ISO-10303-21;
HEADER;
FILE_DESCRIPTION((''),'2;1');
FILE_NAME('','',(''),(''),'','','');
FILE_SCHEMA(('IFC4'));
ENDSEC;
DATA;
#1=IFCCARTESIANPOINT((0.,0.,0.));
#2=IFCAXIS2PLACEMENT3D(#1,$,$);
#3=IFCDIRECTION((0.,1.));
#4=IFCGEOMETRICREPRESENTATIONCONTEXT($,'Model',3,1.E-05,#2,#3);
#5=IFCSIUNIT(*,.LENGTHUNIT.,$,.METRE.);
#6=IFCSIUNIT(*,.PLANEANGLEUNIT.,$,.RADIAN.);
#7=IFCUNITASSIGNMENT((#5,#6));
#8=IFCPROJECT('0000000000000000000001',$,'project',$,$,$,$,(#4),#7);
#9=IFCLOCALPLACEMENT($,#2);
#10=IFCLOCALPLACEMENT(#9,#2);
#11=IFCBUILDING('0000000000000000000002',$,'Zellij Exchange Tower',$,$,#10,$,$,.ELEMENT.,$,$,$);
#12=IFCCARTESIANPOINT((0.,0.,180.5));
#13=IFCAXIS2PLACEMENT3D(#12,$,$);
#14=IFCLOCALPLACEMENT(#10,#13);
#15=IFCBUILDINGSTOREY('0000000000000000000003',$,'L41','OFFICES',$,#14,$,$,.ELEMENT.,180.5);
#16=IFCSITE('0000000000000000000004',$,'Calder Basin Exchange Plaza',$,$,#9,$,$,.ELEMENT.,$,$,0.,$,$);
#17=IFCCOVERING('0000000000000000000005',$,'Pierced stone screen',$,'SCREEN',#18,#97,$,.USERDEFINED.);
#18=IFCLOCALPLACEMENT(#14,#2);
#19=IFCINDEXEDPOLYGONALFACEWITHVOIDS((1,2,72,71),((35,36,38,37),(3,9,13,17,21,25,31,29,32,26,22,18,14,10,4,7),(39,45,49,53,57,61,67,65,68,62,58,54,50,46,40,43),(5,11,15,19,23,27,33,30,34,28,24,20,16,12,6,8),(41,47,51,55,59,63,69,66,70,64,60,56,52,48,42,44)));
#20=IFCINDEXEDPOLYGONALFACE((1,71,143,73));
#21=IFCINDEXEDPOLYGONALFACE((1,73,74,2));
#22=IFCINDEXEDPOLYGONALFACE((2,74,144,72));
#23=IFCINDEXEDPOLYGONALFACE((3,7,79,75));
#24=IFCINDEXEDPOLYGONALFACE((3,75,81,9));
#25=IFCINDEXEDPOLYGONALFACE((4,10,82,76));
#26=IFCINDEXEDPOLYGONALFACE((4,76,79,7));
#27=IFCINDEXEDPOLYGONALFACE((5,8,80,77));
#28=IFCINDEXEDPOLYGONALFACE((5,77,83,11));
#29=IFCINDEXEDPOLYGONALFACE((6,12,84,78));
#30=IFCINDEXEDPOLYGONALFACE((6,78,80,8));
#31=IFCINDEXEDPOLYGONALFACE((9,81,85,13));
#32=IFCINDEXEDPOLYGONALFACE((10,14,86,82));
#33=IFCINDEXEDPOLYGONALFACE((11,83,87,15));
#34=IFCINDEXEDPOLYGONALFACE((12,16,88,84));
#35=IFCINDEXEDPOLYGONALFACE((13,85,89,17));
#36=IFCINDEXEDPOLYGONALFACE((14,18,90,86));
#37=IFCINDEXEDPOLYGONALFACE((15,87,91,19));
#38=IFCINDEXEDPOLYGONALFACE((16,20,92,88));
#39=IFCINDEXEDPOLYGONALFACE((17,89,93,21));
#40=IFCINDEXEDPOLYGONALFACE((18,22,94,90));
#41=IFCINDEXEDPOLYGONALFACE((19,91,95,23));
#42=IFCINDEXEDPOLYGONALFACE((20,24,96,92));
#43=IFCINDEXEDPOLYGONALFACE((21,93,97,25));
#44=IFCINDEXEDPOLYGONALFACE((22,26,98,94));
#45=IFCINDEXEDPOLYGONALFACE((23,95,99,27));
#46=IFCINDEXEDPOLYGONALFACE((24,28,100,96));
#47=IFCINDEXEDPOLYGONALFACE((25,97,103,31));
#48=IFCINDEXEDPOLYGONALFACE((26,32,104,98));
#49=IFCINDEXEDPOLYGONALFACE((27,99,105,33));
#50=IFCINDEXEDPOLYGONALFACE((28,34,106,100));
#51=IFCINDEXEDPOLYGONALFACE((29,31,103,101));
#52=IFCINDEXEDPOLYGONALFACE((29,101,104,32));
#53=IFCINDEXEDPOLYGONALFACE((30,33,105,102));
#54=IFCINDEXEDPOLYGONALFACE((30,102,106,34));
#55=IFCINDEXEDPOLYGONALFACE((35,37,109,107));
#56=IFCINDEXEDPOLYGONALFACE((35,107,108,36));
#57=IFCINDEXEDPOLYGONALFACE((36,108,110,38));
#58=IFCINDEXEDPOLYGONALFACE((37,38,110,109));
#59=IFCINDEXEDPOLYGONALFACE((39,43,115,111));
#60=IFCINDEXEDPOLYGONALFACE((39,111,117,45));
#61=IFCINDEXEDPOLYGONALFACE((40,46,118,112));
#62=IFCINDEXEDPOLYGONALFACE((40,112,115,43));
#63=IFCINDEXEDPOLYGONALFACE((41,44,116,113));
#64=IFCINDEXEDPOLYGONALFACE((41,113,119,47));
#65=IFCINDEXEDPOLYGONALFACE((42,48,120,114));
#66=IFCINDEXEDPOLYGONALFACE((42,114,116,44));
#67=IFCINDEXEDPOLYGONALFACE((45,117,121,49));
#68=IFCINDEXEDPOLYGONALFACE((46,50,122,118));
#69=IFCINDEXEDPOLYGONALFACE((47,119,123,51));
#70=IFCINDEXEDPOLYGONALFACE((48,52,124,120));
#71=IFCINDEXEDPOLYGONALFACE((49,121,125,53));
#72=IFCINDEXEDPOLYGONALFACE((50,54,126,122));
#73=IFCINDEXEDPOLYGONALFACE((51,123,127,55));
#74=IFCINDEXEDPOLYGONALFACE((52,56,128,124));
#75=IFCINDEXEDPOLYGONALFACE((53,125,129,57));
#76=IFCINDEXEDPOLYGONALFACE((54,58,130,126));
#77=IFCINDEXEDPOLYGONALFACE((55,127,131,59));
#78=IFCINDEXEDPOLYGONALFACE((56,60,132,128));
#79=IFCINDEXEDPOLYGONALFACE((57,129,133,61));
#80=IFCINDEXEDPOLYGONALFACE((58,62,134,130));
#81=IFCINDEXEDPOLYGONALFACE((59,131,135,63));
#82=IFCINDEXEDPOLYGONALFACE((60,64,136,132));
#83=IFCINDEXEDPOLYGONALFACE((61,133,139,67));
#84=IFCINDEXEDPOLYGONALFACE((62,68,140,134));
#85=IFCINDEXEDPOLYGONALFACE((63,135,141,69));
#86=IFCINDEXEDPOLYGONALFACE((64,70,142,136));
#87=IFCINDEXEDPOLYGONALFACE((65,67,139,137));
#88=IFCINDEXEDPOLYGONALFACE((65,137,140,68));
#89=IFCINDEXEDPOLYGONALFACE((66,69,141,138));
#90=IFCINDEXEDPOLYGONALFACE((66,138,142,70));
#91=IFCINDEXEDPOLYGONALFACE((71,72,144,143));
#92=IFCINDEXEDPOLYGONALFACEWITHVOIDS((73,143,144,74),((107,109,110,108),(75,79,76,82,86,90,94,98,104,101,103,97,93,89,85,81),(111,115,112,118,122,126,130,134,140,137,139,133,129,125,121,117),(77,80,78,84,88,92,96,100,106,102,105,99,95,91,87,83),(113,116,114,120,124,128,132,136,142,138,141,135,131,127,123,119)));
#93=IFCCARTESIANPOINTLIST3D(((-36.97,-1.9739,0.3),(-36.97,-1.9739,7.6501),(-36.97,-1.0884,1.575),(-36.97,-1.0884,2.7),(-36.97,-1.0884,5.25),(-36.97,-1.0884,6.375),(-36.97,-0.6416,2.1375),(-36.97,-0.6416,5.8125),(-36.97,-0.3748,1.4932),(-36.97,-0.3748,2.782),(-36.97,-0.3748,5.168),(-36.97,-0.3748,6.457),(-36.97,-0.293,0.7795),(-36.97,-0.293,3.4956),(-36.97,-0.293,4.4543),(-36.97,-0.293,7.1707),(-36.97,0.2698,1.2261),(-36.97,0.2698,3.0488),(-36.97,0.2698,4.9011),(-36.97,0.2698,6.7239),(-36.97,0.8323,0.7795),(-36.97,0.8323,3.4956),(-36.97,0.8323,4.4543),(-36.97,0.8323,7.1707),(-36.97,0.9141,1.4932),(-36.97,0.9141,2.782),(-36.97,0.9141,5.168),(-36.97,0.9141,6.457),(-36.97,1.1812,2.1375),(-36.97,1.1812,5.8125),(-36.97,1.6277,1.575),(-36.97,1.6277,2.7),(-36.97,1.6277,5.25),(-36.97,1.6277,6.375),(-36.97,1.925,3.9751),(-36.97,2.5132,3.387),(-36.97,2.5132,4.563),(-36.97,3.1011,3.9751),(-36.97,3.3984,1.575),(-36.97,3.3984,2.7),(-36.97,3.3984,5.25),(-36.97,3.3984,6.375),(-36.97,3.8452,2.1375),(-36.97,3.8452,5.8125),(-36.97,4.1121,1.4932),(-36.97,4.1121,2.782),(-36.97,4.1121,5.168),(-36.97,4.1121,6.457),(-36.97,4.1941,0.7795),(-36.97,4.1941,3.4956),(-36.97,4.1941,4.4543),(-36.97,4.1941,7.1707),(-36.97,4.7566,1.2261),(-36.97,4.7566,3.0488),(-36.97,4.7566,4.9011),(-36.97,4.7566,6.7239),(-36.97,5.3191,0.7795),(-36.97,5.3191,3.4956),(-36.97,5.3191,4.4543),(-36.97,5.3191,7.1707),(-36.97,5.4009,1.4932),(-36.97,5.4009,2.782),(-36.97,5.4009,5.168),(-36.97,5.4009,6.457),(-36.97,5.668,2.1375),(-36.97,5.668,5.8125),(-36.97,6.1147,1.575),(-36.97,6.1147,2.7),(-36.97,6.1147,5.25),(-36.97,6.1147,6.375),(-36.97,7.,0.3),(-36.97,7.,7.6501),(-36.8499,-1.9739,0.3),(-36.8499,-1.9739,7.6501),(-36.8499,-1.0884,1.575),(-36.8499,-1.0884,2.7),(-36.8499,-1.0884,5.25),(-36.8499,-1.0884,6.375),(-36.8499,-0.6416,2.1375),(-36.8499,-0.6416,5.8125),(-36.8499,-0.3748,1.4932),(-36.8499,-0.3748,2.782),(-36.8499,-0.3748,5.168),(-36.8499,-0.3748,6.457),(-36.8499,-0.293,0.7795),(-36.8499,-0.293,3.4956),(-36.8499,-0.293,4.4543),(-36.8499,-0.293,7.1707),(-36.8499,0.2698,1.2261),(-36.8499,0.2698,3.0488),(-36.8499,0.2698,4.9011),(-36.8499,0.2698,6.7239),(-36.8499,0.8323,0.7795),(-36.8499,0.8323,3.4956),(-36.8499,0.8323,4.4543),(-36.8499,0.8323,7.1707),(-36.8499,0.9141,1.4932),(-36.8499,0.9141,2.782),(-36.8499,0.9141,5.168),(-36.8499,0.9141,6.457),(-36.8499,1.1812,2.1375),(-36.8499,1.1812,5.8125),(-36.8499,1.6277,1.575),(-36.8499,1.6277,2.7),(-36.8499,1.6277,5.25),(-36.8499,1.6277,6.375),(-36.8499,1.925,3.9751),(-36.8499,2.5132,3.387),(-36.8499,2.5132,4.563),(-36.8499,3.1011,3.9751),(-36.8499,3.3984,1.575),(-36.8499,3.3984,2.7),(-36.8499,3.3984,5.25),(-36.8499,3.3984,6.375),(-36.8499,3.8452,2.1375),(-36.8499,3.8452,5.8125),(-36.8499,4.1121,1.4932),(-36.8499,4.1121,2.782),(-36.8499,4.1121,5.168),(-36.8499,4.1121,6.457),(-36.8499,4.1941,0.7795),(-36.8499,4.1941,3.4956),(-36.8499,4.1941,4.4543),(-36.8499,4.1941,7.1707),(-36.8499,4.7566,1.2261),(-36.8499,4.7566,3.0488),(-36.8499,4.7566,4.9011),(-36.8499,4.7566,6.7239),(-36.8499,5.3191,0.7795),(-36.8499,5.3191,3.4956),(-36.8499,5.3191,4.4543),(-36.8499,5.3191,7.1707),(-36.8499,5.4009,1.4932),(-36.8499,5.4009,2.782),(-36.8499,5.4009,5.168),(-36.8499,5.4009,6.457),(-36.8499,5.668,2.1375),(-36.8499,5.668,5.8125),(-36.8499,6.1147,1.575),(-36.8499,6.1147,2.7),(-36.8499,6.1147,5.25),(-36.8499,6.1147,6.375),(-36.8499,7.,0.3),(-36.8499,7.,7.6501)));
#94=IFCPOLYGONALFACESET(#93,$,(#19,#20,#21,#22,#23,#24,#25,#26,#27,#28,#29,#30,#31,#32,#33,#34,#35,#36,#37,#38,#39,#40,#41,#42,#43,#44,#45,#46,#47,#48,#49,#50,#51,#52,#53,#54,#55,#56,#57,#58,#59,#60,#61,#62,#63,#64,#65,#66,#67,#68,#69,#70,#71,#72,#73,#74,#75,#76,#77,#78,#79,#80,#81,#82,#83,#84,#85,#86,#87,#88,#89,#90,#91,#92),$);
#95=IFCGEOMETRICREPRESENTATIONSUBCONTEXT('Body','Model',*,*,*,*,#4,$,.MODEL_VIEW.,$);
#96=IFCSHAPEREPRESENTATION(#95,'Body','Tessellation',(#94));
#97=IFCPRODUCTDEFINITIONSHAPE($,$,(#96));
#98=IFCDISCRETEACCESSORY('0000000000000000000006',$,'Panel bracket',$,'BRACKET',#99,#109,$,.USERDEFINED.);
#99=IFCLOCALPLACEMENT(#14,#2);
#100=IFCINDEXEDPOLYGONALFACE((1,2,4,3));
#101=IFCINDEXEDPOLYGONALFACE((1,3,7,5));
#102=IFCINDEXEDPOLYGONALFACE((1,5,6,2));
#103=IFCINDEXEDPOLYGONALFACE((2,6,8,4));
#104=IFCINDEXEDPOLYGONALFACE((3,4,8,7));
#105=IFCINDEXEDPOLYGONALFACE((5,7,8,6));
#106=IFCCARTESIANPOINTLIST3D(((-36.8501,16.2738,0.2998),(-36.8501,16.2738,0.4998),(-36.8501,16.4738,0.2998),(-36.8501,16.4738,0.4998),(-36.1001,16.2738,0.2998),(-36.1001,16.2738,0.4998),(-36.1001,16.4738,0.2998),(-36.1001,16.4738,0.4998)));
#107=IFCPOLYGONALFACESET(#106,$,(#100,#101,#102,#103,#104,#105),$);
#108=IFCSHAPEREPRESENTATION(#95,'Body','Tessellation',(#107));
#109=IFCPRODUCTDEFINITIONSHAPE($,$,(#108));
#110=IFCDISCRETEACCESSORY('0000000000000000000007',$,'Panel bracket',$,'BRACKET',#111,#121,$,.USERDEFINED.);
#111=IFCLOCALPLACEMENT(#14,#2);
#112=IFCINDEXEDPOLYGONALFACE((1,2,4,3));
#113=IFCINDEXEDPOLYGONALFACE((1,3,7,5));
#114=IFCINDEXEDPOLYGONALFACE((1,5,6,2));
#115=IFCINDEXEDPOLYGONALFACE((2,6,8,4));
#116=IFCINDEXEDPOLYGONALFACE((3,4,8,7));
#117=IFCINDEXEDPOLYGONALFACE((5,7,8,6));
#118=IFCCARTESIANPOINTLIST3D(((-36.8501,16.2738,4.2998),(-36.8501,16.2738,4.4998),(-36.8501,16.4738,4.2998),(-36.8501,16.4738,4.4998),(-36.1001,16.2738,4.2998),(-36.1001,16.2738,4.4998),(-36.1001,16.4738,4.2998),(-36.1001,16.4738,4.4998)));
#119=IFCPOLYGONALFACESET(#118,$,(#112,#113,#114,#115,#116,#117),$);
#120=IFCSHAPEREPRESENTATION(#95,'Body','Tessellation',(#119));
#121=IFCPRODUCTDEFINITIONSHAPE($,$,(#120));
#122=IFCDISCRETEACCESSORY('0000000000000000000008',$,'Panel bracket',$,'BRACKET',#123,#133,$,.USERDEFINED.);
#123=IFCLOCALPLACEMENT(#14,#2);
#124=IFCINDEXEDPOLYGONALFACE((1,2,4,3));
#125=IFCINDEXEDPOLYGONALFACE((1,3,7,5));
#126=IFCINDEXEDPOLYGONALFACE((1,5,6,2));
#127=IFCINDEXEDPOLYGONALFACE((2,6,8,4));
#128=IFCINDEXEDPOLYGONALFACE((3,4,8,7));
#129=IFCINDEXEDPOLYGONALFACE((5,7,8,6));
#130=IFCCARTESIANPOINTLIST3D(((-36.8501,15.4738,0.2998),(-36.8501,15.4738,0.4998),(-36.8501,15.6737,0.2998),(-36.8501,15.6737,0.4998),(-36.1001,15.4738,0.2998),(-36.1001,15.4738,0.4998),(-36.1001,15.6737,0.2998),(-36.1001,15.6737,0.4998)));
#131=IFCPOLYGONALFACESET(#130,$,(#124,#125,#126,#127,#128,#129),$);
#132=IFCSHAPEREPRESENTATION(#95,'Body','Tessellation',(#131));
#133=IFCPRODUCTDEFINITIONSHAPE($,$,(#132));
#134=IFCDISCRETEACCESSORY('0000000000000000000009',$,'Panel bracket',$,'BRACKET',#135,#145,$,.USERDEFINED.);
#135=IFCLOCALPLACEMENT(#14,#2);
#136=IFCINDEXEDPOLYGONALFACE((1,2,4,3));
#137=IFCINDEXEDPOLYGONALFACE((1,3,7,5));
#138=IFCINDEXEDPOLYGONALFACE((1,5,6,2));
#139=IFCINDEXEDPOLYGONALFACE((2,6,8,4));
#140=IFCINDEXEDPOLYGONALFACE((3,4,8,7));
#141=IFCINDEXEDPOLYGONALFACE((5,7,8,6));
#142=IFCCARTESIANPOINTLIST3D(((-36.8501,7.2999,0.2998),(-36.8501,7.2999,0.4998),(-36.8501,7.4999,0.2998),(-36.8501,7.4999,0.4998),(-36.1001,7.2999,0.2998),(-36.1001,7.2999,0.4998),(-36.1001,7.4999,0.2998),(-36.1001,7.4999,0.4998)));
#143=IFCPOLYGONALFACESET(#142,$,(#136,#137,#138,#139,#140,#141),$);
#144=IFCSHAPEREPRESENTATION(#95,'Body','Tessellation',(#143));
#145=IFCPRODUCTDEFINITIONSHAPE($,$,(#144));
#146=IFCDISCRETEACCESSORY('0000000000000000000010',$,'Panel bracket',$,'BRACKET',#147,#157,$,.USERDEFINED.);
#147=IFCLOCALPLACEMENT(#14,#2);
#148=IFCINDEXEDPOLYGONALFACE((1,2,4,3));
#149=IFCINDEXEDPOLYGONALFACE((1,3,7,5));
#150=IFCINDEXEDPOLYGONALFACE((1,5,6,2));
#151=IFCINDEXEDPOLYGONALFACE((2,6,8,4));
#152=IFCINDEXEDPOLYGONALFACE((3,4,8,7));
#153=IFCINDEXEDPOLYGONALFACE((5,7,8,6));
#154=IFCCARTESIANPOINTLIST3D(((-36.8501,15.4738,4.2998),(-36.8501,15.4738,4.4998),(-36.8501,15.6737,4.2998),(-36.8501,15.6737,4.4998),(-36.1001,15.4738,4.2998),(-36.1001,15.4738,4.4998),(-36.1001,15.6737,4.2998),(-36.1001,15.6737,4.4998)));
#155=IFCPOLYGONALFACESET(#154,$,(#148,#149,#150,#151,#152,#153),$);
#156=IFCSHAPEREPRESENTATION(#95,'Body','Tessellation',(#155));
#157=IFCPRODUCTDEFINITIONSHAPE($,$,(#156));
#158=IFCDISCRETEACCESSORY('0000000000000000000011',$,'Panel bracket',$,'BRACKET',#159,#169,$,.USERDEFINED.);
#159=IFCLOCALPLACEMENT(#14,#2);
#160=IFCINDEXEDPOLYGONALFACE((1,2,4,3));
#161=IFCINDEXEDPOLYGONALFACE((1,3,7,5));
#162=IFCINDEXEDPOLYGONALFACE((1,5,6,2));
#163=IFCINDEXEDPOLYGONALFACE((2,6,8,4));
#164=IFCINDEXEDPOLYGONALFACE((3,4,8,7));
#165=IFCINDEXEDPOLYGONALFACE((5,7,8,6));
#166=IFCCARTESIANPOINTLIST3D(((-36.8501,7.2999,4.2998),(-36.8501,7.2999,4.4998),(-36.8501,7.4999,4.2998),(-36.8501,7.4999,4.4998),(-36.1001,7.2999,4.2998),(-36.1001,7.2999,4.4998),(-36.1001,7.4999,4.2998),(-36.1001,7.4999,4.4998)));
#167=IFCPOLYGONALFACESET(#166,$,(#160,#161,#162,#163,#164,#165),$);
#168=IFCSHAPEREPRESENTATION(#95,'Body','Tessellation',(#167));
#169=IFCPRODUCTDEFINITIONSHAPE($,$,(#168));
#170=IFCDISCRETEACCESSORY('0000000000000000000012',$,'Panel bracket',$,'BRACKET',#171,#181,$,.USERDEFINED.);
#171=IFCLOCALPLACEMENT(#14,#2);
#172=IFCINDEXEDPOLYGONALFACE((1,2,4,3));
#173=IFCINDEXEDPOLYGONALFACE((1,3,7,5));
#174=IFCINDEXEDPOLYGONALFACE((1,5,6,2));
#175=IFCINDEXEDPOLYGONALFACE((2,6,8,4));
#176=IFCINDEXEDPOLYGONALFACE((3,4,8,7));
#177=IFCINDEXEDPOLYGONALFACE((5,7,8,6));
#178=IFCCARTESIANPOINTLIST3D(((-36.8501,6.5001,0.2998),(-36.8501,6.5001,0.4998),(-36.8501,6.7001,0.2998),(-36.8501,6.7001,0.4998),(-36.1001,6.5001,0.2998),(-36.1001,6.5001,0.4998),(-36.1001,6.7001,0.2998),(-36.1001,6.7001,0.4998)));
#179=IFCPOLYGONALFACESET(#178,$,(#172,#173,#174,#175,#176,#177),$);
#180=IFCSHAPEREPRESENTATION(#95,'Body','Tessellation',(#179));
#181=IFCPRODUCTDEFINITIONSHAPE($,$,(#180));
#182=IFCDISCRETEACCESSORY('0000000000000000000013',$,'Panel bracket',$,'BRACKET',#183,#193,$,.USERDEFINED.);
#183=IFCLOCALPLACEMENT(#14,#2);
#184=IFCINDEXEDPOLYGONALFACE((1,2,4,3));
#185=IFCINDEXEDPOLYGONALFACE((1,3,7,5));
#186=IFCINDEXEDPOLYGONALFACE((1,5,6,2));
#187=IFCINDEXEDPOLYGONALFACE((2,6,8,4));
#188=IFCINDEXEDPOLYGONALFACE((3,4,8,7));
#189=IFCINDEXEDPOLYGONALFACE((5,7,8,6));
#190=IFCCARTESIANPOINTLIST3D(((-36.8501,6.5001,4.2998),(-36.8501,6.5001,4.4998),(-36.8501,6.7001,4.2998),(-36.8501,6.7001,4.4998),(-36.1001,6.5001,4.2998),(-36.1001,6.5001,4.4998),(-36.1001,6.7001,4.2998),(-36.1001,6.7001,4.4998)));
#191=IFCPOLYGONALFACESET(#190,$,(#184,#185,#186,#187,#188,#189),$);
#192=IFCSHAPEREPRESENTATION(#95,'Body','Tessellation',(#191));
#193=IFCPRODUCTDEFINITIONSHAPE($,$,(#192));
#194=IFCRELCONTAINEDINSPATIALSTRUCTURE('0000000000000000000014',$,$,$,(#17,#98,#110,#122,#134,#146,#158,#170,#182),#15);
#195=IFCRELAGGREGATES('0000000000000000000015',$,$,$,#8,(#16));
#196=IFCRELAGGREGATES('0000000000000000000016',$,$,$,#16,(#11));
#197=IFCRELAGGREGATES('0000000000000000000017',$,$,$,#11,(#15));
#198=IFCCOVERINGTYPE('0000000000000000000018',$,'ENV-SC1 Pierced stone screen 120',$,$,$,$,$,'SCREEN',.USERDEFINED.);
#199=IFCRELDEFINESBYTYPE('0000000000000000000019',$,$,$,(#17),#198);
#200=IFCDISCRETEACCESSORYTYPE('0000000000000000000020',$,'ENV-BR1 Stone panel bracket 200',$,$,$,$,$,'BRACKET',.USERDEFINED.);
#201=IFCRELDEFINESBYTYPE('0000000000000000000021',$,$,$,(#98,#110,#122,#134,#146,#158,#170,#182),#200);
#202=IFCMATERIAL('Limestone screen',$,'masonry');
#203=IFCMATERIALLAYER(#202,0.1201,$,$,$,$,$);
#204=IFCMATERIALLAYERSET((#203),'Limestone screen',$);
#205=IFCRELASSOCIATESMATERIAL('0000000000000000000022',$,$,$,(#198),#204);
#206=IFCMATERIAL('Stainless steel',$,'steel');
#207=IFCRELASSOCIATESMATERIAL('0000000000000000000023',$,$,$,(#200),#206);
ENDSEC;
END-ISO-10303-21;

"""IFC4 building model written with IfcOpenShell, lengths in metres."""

from ifc_helpers import new_model, si_unit, direction, frame, origin, origin_2d, place, context, subcontext, project, spatial, polyline, rectangle, outline, extrude, material, layer, layer_set, type_object, element, save


model = new_model("IFC4")

# Units and contexts
model_context = context("Model", 3, precision=1e-05, world=origin(), true_north=direction((0.0, 1.0)))
body_context = subcontext(model_context, "Body", "Model", "MODEL_VIEW")
ifc_project = project(units=[si_unit("LENGTHUNIT", "METRE"), si_unit("PLANEANGLEUNIT", "RADIAN")], contexts=[model_context])

# Site, building, storey
site_placement = place(None, origin())
site = spatial("IfcSite", under=ifc_project, at=site_placement, Name="Calder Basin Exchange Plaza", CompositionType="ELEMENT", RefElevation=0.0)
building_placement = place(site_placement, origin())
building = spatial("IfcBuilding", under=site, at=building_placement, Name="Zellij Exchange Tower", CompositionType="ELEMENT")
storey_placement = place(building_placement, frame((0.0, 0.0, 180.5)))
storey = spatial("IfcBuildingStorey", under=building, at=storey_placement, Name="L41", Description="OFFICES", CompositionType="ELEMENT", Elevation=180.5)

# Covering
ifc_material_1 = material(Name="Limestone screen", Category="masonry")
ifc_layer_1 = layer(ifc_material_1, 0.1201)
ifc_layer_set_1 = layer_set([ifc_layer_1], Name="Limestone screen")
covering_type = type_object("IfcCoveringType", Name="ENV-SC1 Pierced stone screen 120", ElementType="SCREEN", PredefinedType="USERDEFINED", material=ifc_layer_set_1)
covering_1_placement = place(storey_placement, frame((-36.9099, 7.0, 0.3), z_axis=(0.0, 0.0, 1.0), x_axis=(0.0, -1.0, 0.0)))
element("IfcCovering", 1, at=covering_1_placement, inside=storey, type_object=covering_type, Name="Pierced stone screen", ObjectType="SCREEN", PredefinedType="USERDEFINED", context=body_context, shape_type="SweptSolid", body=[
    extrude(outline(polyline([(0.0, 0.0), (8.9739, 0.0), (8.9739, 7.3501), (0.0, 7.3501), (0.0, 0.0)]), holes=[polyline([(3.6016, 2.3999), (2.8879, 2.4819), (2.8059, 3.1956), (2.2434, 2.7488), (1.6809, 3.1956), (1.5991, 2.4819), (0.8853, 2.3999), (1.332, 1.8374), (0.8853, 1.2749), (1.5991, 1.1931), (1.6809, 0.4795), (2.2434, 0.926), (2.8059, 0.4795), (2.8879, 1.1931), (3.6016, 1.2749), (3.1548, 1.8374), (3.6016, 2.3999)]), polyline([(3.6016, 6.075), (2.8879, 6.157), (2.8059, 6.8706), (2.2434, 6.4238), (1.6809, 6.8706), (1.5991, 6.157), (0.8853, 6.075), (1.332, 5.5125), (0.8853, 4.95), (1.5991, 4.8679), (1.6809, 4.1543), (2.2434, 4.6011), (2.8059, 4.1543), (2.8879, 4.8679), (3.6016, 4.95), (3.1548, 5.5125), (3.6016, 6.075)]), polyline([(8.0884, 2.3999), (7.3748, 2.4819), (7.293, 3.1956), (6.7302, 2.7488), (6.1677, 3.1956), (6.0859, 2.4819), (5.3723, 2.3999), (5.8188, 1.8374), (5.3723, 1.2749), (6.0859, 1.1931), (6.1677, 0.4795), (6.7302, 0.926), (7.293, 0.4795), (7.3748, 1.1931), (8.0884, 1.2749), (7.6416, 1.8374), (8.0884, 2.3999)]), polyline([(8.0884, 6.075), (7.3748, 6.157), (7.293, 6.8706), (6.7302, 6.4238), (6.1677, 6.8706), (6.0859, 6.157), (5.3723, 6.075), (5.8188, 5.5125), (5.3723, 4.95), (6.0859, 4.8679), (6.1677, 4.1543), (6.7302, 4.6011), (7.293, 4.1543), (7.3748, 4.8679), (8.0884, 4.95), (7.6416, 5.5125), (8.0884, 6.075)]), polyline([(5.075, 3.675), (4.4868, 4.2629), (3.8989, 3.675), (4.4868, 3.0869), (5.075, 3.675)])]), frame((0.0, 0.0601, 0.0), z_axis=(0.0, -1.0, 0.0), x_axis=(1.0, 0.0, 0.0)), (0.0, 0.0, 1.0), 0.1201),
])

# Discrete accessories
ifc_material_2 = material(Name="Stainless steel", Category="steel")
discrete_accessory_type = type_object("IfcDiscreteAccessoryType", Name="ENV-BR1 Stone panel bracket 200", ElementType="BRACKET", PredefinedType="USERDEFINED", material=ifc_material_2)
for number, where, z_axis, x_axis, name in (
    (2, (-36.4751, 16.3738, 0.2998), (0.0, 0.0, 1.0), (0.0, -1.0, 0.0), "Panel bracket"),
    (3, (-36.4751, 16.3738, 4.2998), (0.0, 0.0, 1.0), (0.0, -1.0, 0.0), "Panel bracket"),
    (4, (-36.4751, 15.5737, 0.2998), (0.0, 0.0, 1.0), (0.0, -1.0, 0.0), "Panel bracket"),
    (5, (-36.4751, 7.3999, 0.2998), (0.0, 0.0, 1.0), (0.0, -1.0, 0.0), "Panel bracket"),
    (6, (-36.4751, 15.5737, 4.2998), (0.0, 0.0, 1.0), (0.0, -1.0, 0.0), "Panel bracket"),
    (7, (-36.4751, 7.3999, 4.2998), (0.0, 0.0, 1.0), (0.0, -1.0, 0.0), "Panel bracket"),
    (8, (-36.4751, 6.6001, 0.2998), (0.0, 0.0, 1.0), (0.0, -1.0, 0.0), "Panel bracket"),
    (9, (-36.4751, 6.6001, 4.2998), (0.0, 0.0, 1.0), (0.0, -1.0, 0.0), "Panel bracket"),
):
    element("IfcDiscreteAccessory", number, at=place(storey_placement, frame(where, z_axis=z_axis, x_axis=x_axis)), inside=storey, type_object=discrete_accessory_type, Name=name, ObjectType="BRACKET", PredefinedType="USERDEFINED", context=body_context, shape_type="SweptSolid", body=[
        extrude(rectangle(XDim=0.2, YDim=0.75, at=origin_2d()), origin(), (0.0, 0.0, 1.0), 0.2),
    ])

save(model, "model.ifc")
